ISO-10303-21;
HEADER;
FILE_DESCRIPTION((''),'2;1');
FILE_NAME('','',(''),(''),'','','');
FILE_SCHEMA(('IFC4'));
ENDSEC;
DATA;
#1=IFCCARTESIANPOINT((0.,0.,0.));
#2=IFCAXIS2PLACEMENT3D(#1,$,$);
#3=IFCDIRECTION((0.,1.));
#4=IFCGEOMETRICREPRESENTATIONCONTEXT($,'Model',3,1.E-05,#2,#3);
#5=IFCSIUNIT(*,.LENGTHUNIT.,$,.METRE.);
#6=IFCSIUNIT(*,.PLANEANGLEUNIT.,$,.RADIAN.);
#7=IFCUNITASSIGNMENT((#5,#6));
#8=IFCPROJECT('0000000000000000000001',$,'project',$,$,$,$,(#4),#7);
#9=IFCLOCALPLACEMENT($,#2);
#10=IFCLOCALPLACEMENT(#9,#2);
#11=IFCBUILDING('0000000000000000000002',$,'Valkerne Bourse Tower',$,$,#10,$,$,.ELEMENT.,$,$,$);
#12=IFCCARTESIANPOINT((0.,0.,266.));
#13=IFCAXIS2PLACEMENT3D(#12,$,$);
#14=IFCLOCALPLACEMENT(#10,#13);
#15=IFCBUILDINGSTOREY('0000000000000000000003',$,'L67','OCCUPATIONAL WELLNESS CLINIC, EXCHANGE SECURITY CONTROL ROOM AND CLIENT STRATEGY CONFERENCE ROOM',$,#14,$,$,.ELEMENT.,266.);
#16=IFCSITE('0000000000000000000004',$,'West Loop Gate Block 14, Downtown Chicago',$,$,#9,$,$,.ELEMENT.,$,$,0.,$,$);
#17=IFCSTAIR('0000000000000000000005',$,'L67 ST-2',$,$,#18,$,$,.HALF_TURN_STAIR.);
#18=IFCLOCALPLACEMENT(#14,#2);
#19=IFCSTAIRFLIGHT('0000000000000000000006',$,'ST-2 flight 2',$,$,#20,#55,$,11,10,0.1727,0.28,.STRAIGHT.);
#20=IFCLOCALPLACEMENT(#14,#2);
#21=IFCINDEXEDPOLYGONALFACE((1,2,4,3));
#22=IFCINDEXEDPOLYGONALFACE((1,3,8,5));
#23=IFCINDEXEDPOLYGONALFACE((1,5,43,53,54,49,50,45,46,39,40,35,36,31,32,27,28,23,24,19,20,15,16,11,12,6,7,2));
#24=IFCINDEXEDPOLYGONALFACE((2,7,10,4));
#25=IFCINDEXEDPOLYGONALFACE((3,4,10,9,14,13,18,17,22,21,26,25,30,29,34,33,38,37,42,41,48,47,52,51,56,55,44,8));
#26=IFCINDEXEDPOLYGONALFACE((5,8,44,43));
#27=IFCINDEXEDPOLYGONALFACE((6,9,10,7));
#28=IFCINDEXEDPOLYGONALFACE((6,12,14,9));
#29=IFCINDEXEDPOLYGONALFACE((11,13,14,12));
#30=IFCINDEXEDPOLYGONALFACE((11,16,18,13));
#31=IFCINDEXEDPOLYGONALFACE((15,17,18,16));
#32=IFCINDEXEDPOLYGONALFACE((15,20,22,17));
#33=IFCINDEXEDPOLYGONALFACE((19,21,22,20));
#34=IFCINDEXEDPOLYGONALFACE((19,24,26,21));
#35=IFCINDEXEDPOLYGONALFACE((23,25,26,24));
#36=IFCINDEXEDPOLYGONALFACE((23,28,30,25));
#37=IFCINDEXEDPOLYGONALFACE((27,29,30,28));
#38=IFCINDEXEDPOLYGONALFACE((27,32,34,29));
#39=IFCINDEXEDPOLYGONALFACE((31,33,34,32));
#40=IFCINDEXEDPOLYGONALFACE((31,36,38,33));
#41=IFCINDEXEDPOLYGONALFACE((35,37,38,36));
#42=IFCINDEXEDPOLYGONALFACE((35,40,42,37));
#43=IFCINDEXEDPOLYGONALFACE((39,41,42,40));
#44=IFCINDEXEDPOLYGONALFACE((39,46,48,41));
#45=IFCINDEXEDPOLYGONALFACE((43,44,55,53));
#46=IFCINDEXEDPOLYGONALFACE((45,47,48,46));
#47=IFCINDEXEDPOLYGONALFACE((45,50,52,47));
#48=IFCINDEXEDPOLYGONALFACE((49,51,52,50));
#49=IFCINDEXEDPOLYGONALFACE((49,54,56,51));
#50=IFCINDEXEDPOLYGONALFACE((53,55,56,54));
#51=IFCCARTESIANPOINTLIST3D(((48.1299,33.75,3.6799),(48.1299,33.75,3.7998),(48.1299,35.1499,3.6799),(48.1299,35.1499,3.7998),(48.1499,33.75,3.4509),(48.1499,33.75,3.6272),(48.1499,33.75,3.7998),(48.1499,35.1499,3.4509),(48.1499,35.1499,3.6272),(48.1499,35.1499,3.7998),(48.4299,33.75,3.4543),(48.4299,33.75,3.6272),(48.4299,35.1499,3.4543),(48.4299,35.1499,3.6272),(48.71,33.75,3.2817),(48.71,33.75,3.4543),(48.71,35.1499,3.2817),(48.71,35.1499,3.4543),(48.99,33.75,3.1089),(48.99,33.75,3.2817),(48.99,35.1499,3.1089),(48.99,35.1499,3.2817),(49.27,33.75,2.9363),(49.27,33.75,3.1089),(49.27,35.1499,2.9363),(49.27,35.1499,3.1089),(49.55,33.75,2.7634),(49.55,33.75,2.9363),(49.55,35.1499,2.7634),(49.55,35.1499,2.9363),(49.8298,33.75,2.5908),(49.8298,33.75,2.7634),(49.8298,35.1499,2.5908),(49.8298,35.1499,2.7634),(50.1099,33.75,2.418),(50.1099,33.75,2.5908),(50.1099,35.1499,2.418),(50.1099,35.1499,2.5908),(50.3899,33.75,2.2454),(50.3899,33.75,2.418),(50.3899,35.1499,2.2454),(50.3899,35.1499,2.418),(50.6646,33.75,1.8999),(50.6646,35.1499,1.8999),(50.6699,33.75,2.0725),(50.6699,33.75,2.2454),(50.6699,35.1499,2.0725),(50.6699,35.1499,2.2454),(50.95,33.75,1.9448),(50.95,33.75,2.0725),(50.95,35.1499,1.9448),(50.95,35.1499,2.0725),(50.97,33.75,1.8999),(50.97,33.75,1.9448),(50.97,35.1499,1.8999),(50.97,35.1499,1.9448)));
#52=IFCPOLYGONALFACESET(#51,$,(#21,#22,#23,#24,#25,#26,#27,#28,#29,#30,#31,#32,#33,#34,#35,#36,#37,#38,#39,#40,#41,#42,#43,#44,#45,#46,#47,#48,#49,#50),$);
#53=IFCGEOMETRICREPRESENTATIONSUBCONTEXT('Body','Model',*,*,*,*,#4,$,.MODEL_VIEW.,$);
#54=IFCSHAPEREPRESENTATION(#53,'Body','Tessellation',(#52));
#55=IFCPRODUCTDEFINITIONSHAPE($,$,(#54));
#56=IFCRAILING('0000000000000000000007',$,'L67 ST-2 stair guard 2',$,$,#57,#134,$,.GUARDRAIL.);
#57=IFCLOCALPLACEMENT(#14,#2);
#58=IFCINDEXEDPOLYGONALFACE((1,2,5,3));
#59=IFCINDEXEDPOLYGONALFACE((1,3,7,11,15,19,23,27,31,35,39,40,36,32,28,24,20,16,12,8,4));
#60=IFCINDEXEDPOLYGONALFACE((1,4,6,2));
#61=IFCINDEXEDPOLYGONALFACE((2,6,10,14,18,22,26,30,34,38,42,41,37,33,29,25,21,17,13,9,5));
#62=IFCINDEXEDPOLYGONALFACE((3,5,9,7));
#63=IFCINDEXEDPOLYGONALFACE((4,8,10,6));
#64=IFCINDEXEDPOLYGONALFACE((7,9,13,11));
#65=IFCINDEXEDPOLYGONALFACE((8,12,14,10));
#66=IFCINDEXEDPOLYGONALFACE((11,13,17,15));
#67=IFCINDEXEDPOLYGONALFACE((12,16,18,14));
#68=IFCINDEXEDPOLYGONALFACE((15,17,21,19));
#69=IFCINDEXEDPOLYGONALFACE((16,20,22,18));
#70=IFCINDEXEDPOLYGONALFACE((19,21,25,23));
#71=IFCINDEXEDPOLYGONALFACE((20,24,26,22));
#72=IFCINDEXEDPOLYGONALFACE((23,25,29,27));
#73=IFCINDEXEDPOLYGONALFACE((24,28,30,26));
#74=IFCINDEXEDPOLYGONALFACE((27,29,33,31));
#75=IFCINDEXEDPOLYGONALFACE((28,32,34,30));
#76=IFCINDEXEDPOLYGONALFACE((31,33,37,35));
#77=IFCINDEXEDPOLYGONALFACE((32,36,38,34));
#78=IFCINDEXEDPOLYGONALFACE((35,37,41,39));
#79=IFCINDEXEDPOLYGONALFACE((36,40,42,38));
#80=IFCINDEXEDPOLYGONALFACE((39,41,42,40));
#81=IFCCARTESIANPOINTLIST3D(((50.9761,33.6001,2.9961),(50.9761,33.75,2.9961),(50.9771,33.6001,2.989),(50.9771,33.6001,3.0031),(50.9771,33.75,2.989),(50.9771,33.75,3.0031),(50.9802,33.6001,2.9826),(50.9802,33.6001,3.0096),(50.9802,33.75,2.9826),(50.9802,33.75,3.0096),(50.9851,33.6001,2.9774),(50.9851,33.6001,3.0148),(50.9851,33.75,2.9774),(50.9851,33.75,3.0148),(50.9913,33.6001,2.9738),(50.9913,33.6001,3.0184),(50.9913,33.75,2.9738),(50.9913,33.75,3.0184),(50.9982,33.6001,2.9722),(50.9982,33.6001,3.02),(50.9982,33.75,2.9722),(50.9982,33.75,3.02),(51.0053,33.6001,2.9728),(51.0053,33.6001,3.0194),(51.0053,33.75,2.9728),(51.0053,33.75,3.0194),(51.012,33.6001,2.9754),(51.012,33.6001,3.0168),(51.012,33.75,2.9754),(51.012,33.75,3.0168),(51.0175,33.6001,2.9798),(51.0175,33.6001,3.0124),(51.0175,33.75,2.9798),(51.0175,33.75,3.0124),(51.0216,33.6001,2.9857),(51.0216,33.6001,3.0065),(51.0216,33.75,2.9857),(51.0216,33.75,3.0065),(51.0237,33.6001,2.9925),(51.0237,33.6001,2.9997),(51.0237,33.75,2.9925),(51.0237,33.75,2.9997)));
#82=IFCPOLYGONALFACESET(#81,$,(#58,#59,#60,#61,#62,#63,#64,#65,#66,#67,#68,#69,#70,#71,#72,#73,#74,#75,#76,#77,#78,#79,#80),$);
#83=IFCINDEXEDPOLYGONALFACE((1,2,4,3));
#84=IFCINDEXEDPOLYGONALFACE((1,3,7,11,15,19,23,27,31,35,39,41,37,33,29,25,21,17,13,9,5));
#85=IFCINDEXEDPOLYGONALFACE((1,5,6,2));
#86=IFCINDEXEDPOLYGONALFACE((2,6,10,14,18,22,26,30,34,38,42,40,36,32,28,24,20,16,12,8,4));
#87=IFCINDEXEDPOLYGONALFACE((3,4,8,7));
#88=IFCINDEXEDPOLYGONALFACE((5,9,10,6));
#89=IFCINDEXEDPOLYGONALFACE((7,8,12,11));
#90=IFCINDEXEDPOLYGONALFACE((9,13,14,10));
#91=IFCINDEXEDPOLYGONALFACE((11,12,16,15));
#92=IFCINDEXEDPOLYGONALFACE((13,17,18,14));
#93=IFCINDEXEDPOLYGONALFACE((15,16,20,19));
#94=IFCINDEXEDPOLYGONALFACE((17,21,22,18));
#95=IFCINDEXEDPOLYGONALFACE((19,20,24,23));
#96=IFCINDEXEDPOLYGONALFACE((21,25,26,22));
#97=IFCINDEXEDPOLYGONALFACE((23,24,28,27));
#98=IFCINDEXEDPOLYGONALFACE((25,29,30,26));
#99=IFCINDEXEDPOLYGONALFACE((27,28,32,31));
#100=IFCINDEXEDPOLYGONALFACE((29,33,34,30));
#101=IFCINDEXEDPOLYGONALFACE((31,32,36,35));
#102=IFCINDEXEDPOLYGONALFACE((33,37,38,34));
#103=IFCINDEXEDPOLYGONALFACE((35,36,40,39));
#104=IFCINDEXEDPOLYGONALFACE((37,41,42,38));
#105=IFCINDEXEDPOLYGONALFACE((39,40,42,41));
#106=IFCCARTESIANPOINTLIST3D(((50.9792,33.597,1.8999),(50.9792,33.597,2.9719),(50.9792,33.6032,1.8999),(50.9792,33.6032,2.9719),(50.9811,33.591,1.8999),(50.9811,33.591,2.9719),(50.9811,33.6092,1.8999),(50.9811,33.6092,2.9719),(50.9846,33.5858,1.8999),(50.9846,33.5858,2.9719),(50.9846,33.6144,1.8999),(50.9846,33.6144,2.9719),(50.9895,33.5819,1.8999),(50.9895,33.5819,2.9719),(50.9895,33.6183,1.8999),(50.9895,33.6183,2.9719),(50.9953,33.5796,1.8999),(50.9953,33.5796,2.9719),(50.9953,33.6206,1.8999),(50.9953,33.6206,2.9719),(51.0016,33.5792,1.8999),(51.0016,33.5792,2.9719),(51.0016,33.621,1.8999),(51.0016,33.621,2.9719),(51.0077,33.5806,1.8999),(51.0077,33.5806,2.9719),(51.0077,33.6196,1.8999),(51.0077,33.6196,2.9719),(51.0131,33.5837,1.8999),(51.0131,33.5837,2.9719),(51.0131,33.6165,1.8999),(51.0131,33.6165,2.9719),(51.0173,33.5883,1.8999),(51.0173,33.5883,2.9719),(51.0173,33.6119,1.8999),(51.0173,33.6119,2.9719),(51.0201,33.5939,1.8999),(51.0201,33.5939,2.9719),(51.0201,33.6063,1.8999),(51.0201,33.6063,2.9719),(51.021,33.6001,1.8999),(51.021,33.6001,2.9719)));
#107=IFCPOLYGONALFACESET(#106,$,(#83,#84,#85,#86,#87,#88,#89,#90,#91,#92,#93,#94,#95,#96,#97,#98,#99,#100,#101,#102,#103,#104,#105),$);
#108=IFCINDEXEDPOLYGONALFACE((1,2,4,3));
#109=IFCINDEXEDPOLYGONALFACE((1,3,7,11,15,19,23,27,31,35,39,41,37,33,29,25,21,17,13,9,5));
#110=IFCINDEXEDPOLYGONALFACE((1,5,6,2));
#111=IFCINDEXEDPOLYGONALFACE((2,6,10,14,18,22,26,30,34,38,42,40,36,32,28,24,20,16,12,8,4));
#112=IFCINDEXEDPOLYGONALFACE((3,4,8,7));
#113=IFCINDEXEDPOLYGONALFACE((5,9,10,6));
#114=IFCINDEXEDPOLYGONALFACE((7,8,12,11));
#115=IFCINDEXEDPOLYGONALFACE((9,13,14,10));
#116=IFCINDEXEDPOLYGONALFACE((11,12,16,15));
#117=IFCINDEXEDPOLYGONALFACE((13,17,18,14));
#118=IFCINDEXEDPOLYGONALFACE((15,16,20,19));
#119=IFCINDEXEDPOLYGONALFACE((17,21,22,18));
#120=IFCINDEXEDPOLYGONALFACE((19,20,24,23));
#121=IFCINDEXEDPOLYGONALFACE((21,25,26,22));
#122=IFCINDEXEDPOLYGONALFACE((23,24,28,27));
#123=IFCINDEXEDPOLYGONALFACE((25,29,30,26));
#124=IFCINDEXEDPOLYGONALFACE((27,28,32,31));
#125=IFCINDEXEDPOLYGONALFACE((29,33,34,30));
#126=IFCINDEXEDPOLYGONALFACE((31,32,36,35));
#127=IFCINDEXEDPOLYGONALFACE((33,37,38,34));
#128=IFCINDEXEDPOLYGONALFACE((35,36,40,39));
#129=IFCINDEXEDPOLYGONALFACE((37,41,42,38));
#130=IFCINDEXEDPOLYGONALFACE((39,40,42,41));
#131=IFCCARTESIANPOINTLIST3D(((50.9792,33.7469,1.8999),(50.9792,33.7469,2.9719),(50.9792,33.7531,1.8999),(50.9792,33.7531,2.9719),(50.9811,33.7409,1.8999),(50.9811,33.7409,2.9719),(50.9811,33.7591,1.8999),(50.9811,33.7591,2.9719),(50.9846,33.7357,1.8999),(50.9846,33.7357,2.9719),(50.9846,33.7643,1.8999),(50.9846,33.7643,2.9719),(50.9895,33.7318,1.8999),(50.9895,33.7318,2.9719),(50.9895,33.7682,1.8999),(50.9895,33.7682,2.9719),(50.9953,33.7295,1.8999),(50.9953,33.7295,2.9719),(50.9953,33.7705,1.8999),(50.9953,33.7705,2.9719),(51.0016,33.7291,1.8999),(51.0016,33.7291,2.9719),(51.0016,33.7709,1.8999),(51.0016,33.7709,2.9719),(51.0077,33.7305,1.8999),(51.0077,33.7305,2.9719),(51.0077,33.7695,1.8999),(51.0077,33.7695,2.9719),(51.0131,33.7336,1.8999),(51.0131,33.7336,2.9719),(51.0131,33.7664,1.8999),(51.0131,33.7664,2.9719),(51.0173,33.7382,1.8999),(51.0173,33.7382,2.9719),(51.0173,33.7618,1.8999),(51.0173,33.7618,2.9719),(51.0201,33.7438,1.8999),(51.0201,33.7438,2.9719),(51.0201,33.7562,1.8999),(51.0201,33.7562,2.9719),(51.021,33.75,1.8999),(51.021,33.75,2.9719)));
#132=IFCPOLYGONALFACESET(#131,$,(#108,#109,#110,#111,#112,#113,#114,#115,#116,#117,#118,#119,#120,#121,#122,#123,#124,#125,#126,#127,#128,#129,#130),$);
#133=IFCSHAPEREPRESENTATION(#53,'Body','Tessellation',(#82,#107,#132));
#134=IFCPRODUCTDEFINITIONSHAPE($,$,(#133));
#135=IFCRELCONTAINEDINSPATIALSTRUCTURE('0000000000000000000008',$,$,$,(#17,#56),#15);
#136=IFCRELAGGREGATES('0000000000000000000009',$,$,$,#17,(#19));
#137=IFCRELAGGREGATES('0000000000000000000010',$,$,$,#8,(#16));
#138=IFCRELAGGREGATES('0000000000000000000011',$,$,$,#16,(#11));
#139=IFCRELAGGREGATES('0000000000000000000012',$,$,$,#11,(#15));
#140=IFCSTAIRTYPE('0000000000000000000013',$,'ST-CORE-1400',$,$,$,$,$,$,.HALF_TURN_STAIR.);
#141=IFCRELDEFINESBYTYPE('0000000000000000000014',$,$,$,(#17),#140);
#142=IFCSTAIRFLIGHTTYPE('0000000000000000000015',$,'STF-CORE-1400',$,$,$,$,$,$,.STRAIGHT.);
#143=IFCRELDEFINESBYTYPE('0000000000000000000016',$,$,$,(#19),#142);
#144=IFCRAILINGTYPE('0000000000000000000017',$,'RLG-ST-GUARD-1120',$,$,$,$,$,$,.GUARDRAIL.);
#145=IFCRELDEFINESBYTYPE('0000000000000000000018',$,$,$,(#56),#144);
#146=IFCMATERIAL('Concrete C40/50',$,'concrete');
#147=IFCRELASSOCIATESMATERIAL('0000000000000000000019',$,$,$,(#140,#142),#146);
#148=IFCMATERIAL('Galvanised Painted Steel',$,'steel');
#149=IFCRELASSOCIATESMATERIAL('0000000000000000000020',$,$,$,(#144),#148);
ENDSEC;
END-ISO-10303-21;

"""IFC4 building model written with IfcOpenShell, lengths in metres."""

from ifc_helpers import new_model, si_unit, direction, frame, origin, origin_2d, place, context, subcontext, project, spatial, polyline, circle, outline, extrude, material, type_object, element, aggregate, save


model = new_model("IFC4")

# Units and contexts
model_context = context("Model", 3, precision=1e-05, world=origin(), true_north=direction((0.0, 1.0)))
body_context = subcontext(model_context, "Body", "Model", "MODEL_VIEW")
ifc_project = project(units=[si_unit("LENGTHUNIT", "METRE"), si_unit("PLANEANGLEUNIT", "RADIAN")], contexts=[model_context])

# Site, building, storey
site_placement = place(None, origin())
site = spatial("IfcSite", under=ifc_project, at=site_placement, Name="West Loop Gate Block 14, Downtown Chicago", CompositionType="ELEMENT", RefElevation=0.0)
building_placement = place(site_placement, origin())
building = spatial("IfcBuilding", under=site, at=building_placement, Name="Valkerne Bourse Tower", CompositionType="ELEMENT")
storey_placement = place(building_placement, frame((0.0, 0.0, 266.0)))
storey = spatial("IfcBuildingStorey", under=building, at=storey_placement, Name="L67", Description="OCCUPATIONAL WELLNESS CLINIC, EXCHANGE SECURITY CONTROL ROOM AND CLIENT STRATEGY CONFERENCE ROOM", CompositionType="ELEMENT", Elevation=266.0)

# Shared definitions
ifc_material_1 = material(Name="Concrete C40/50", Category="concrete")

# Stair, stair flight
stair_type = type_object("IfcStairType", Name="ST-CORE-1400", PredefinedType="HALF_TURN_STAIR", material=ifc_material_1)
stair_placement = place(storey_placement, origin())
stair = element("IfcStair", 1, at=stair_placement, inside=storey, type_object=stair_type, Name="L67 ST-2", PredefinedType="HALF_TURN_STAIR")
stair_flight_type = type_object("IfcStairFlightType", Name="STF-CORE-1400", PredefinedType="STRAIGHT", material=ifc_material_1)
stair_flight_placement = place(storey_placement, frame((50.95, 34.45, 1.8999), z_axis=(0.0, 0.0, 1.0), x_axis=(-1.0, 0.0, 0.0)))
stair_flight = element("IfcStairFlight", 2, at=stair_flight_placement, type_object=stair_flight_type, Name="ST-2 flight 2", NumberOfRisers=11, NumberOfTreads=10, PredefinedType="STRAIGHT", RiserHeight=0.1727, TreadLength=0.28, context=body_context, shape_type="SweptSolid", body=[
    extrude(outline(polyline([(-0.02, 0.0), (-0.02, 0.0449), (0.0, 0.0449), (0.0, 0.1726), (0.28, 0.1726), (0.28, 0.3455), (0.5601, 0.3455), (0.5601, 0.5181), (0.8401, 0.5181), (0.8401, 0.6909), (1.1201, 0.6909), (1.1201, 0.8635), (1.3999, 0.8635), (1.3999, 1.0364), (1.6799, 1.0364), (1.6799, 1.209), (1.96, 1.209), (1.96, 1.3818), (2.24, 1.3818), (2.24, 1.5544), (2.52, 1.5544), (2.52, 1.7273), (2.8, 1.7273), (2.8, 1.8999), (2.8201, 1.8999), (2.8201, 1.78), (2.8, 1.551), (0.2854, 0.0), (-0.02, 0.0)])), frame((0.0, 0.7, 0.0), z_axis=(0.0, -1.0, 0.0), x_axis=(1.0, 0.0, 0.0)), (0.0, 0.0, 1.0), 1.3999),
])
aggregate(stair, [stair_flight])

# Railing
ifc_material_2 = material(Name="Galvanised Painted Steel", Category="steel")
railing_type = type_object("IfcRailingType", Name="RLG-ST-GUARD-1120", PredefinedType="GUARDRAIL", material=ifc_material_2)
railing_1_placement = place(storey_placement, frame((51.0, 33.6001, 1.8999)))
element("IfcRailing", 3, at=railing_1_placement, inside=storey, type_object=railing_type, Name="L67 ST-2 stair guard 2", PredefinedType="GUARDRAIL", context=body_context, shape_type="SweptSolid", body=[
    extrude(circle(Radius=0.0239, at=origin_2d()), frame((0.0, 0.0, 1.0962), z_axis=(0.0, 1.0, 0.0), x_axis=(-1.0, 0.0, 0.0)), (0.0, 0.0, 1.0), 0.1499),
    extrude(circle(Radius=0.021, at=origin_2d()), origin(), (0.0, 0.0, 1.0), 1.072),
    extrude(circle(Radius=0.021, at=origin_2d()), frame((0.0, 0.1499, 0.0)), (0.0, 0.0, 1.0), 1.072),
])

save(model, "model.ifc")
